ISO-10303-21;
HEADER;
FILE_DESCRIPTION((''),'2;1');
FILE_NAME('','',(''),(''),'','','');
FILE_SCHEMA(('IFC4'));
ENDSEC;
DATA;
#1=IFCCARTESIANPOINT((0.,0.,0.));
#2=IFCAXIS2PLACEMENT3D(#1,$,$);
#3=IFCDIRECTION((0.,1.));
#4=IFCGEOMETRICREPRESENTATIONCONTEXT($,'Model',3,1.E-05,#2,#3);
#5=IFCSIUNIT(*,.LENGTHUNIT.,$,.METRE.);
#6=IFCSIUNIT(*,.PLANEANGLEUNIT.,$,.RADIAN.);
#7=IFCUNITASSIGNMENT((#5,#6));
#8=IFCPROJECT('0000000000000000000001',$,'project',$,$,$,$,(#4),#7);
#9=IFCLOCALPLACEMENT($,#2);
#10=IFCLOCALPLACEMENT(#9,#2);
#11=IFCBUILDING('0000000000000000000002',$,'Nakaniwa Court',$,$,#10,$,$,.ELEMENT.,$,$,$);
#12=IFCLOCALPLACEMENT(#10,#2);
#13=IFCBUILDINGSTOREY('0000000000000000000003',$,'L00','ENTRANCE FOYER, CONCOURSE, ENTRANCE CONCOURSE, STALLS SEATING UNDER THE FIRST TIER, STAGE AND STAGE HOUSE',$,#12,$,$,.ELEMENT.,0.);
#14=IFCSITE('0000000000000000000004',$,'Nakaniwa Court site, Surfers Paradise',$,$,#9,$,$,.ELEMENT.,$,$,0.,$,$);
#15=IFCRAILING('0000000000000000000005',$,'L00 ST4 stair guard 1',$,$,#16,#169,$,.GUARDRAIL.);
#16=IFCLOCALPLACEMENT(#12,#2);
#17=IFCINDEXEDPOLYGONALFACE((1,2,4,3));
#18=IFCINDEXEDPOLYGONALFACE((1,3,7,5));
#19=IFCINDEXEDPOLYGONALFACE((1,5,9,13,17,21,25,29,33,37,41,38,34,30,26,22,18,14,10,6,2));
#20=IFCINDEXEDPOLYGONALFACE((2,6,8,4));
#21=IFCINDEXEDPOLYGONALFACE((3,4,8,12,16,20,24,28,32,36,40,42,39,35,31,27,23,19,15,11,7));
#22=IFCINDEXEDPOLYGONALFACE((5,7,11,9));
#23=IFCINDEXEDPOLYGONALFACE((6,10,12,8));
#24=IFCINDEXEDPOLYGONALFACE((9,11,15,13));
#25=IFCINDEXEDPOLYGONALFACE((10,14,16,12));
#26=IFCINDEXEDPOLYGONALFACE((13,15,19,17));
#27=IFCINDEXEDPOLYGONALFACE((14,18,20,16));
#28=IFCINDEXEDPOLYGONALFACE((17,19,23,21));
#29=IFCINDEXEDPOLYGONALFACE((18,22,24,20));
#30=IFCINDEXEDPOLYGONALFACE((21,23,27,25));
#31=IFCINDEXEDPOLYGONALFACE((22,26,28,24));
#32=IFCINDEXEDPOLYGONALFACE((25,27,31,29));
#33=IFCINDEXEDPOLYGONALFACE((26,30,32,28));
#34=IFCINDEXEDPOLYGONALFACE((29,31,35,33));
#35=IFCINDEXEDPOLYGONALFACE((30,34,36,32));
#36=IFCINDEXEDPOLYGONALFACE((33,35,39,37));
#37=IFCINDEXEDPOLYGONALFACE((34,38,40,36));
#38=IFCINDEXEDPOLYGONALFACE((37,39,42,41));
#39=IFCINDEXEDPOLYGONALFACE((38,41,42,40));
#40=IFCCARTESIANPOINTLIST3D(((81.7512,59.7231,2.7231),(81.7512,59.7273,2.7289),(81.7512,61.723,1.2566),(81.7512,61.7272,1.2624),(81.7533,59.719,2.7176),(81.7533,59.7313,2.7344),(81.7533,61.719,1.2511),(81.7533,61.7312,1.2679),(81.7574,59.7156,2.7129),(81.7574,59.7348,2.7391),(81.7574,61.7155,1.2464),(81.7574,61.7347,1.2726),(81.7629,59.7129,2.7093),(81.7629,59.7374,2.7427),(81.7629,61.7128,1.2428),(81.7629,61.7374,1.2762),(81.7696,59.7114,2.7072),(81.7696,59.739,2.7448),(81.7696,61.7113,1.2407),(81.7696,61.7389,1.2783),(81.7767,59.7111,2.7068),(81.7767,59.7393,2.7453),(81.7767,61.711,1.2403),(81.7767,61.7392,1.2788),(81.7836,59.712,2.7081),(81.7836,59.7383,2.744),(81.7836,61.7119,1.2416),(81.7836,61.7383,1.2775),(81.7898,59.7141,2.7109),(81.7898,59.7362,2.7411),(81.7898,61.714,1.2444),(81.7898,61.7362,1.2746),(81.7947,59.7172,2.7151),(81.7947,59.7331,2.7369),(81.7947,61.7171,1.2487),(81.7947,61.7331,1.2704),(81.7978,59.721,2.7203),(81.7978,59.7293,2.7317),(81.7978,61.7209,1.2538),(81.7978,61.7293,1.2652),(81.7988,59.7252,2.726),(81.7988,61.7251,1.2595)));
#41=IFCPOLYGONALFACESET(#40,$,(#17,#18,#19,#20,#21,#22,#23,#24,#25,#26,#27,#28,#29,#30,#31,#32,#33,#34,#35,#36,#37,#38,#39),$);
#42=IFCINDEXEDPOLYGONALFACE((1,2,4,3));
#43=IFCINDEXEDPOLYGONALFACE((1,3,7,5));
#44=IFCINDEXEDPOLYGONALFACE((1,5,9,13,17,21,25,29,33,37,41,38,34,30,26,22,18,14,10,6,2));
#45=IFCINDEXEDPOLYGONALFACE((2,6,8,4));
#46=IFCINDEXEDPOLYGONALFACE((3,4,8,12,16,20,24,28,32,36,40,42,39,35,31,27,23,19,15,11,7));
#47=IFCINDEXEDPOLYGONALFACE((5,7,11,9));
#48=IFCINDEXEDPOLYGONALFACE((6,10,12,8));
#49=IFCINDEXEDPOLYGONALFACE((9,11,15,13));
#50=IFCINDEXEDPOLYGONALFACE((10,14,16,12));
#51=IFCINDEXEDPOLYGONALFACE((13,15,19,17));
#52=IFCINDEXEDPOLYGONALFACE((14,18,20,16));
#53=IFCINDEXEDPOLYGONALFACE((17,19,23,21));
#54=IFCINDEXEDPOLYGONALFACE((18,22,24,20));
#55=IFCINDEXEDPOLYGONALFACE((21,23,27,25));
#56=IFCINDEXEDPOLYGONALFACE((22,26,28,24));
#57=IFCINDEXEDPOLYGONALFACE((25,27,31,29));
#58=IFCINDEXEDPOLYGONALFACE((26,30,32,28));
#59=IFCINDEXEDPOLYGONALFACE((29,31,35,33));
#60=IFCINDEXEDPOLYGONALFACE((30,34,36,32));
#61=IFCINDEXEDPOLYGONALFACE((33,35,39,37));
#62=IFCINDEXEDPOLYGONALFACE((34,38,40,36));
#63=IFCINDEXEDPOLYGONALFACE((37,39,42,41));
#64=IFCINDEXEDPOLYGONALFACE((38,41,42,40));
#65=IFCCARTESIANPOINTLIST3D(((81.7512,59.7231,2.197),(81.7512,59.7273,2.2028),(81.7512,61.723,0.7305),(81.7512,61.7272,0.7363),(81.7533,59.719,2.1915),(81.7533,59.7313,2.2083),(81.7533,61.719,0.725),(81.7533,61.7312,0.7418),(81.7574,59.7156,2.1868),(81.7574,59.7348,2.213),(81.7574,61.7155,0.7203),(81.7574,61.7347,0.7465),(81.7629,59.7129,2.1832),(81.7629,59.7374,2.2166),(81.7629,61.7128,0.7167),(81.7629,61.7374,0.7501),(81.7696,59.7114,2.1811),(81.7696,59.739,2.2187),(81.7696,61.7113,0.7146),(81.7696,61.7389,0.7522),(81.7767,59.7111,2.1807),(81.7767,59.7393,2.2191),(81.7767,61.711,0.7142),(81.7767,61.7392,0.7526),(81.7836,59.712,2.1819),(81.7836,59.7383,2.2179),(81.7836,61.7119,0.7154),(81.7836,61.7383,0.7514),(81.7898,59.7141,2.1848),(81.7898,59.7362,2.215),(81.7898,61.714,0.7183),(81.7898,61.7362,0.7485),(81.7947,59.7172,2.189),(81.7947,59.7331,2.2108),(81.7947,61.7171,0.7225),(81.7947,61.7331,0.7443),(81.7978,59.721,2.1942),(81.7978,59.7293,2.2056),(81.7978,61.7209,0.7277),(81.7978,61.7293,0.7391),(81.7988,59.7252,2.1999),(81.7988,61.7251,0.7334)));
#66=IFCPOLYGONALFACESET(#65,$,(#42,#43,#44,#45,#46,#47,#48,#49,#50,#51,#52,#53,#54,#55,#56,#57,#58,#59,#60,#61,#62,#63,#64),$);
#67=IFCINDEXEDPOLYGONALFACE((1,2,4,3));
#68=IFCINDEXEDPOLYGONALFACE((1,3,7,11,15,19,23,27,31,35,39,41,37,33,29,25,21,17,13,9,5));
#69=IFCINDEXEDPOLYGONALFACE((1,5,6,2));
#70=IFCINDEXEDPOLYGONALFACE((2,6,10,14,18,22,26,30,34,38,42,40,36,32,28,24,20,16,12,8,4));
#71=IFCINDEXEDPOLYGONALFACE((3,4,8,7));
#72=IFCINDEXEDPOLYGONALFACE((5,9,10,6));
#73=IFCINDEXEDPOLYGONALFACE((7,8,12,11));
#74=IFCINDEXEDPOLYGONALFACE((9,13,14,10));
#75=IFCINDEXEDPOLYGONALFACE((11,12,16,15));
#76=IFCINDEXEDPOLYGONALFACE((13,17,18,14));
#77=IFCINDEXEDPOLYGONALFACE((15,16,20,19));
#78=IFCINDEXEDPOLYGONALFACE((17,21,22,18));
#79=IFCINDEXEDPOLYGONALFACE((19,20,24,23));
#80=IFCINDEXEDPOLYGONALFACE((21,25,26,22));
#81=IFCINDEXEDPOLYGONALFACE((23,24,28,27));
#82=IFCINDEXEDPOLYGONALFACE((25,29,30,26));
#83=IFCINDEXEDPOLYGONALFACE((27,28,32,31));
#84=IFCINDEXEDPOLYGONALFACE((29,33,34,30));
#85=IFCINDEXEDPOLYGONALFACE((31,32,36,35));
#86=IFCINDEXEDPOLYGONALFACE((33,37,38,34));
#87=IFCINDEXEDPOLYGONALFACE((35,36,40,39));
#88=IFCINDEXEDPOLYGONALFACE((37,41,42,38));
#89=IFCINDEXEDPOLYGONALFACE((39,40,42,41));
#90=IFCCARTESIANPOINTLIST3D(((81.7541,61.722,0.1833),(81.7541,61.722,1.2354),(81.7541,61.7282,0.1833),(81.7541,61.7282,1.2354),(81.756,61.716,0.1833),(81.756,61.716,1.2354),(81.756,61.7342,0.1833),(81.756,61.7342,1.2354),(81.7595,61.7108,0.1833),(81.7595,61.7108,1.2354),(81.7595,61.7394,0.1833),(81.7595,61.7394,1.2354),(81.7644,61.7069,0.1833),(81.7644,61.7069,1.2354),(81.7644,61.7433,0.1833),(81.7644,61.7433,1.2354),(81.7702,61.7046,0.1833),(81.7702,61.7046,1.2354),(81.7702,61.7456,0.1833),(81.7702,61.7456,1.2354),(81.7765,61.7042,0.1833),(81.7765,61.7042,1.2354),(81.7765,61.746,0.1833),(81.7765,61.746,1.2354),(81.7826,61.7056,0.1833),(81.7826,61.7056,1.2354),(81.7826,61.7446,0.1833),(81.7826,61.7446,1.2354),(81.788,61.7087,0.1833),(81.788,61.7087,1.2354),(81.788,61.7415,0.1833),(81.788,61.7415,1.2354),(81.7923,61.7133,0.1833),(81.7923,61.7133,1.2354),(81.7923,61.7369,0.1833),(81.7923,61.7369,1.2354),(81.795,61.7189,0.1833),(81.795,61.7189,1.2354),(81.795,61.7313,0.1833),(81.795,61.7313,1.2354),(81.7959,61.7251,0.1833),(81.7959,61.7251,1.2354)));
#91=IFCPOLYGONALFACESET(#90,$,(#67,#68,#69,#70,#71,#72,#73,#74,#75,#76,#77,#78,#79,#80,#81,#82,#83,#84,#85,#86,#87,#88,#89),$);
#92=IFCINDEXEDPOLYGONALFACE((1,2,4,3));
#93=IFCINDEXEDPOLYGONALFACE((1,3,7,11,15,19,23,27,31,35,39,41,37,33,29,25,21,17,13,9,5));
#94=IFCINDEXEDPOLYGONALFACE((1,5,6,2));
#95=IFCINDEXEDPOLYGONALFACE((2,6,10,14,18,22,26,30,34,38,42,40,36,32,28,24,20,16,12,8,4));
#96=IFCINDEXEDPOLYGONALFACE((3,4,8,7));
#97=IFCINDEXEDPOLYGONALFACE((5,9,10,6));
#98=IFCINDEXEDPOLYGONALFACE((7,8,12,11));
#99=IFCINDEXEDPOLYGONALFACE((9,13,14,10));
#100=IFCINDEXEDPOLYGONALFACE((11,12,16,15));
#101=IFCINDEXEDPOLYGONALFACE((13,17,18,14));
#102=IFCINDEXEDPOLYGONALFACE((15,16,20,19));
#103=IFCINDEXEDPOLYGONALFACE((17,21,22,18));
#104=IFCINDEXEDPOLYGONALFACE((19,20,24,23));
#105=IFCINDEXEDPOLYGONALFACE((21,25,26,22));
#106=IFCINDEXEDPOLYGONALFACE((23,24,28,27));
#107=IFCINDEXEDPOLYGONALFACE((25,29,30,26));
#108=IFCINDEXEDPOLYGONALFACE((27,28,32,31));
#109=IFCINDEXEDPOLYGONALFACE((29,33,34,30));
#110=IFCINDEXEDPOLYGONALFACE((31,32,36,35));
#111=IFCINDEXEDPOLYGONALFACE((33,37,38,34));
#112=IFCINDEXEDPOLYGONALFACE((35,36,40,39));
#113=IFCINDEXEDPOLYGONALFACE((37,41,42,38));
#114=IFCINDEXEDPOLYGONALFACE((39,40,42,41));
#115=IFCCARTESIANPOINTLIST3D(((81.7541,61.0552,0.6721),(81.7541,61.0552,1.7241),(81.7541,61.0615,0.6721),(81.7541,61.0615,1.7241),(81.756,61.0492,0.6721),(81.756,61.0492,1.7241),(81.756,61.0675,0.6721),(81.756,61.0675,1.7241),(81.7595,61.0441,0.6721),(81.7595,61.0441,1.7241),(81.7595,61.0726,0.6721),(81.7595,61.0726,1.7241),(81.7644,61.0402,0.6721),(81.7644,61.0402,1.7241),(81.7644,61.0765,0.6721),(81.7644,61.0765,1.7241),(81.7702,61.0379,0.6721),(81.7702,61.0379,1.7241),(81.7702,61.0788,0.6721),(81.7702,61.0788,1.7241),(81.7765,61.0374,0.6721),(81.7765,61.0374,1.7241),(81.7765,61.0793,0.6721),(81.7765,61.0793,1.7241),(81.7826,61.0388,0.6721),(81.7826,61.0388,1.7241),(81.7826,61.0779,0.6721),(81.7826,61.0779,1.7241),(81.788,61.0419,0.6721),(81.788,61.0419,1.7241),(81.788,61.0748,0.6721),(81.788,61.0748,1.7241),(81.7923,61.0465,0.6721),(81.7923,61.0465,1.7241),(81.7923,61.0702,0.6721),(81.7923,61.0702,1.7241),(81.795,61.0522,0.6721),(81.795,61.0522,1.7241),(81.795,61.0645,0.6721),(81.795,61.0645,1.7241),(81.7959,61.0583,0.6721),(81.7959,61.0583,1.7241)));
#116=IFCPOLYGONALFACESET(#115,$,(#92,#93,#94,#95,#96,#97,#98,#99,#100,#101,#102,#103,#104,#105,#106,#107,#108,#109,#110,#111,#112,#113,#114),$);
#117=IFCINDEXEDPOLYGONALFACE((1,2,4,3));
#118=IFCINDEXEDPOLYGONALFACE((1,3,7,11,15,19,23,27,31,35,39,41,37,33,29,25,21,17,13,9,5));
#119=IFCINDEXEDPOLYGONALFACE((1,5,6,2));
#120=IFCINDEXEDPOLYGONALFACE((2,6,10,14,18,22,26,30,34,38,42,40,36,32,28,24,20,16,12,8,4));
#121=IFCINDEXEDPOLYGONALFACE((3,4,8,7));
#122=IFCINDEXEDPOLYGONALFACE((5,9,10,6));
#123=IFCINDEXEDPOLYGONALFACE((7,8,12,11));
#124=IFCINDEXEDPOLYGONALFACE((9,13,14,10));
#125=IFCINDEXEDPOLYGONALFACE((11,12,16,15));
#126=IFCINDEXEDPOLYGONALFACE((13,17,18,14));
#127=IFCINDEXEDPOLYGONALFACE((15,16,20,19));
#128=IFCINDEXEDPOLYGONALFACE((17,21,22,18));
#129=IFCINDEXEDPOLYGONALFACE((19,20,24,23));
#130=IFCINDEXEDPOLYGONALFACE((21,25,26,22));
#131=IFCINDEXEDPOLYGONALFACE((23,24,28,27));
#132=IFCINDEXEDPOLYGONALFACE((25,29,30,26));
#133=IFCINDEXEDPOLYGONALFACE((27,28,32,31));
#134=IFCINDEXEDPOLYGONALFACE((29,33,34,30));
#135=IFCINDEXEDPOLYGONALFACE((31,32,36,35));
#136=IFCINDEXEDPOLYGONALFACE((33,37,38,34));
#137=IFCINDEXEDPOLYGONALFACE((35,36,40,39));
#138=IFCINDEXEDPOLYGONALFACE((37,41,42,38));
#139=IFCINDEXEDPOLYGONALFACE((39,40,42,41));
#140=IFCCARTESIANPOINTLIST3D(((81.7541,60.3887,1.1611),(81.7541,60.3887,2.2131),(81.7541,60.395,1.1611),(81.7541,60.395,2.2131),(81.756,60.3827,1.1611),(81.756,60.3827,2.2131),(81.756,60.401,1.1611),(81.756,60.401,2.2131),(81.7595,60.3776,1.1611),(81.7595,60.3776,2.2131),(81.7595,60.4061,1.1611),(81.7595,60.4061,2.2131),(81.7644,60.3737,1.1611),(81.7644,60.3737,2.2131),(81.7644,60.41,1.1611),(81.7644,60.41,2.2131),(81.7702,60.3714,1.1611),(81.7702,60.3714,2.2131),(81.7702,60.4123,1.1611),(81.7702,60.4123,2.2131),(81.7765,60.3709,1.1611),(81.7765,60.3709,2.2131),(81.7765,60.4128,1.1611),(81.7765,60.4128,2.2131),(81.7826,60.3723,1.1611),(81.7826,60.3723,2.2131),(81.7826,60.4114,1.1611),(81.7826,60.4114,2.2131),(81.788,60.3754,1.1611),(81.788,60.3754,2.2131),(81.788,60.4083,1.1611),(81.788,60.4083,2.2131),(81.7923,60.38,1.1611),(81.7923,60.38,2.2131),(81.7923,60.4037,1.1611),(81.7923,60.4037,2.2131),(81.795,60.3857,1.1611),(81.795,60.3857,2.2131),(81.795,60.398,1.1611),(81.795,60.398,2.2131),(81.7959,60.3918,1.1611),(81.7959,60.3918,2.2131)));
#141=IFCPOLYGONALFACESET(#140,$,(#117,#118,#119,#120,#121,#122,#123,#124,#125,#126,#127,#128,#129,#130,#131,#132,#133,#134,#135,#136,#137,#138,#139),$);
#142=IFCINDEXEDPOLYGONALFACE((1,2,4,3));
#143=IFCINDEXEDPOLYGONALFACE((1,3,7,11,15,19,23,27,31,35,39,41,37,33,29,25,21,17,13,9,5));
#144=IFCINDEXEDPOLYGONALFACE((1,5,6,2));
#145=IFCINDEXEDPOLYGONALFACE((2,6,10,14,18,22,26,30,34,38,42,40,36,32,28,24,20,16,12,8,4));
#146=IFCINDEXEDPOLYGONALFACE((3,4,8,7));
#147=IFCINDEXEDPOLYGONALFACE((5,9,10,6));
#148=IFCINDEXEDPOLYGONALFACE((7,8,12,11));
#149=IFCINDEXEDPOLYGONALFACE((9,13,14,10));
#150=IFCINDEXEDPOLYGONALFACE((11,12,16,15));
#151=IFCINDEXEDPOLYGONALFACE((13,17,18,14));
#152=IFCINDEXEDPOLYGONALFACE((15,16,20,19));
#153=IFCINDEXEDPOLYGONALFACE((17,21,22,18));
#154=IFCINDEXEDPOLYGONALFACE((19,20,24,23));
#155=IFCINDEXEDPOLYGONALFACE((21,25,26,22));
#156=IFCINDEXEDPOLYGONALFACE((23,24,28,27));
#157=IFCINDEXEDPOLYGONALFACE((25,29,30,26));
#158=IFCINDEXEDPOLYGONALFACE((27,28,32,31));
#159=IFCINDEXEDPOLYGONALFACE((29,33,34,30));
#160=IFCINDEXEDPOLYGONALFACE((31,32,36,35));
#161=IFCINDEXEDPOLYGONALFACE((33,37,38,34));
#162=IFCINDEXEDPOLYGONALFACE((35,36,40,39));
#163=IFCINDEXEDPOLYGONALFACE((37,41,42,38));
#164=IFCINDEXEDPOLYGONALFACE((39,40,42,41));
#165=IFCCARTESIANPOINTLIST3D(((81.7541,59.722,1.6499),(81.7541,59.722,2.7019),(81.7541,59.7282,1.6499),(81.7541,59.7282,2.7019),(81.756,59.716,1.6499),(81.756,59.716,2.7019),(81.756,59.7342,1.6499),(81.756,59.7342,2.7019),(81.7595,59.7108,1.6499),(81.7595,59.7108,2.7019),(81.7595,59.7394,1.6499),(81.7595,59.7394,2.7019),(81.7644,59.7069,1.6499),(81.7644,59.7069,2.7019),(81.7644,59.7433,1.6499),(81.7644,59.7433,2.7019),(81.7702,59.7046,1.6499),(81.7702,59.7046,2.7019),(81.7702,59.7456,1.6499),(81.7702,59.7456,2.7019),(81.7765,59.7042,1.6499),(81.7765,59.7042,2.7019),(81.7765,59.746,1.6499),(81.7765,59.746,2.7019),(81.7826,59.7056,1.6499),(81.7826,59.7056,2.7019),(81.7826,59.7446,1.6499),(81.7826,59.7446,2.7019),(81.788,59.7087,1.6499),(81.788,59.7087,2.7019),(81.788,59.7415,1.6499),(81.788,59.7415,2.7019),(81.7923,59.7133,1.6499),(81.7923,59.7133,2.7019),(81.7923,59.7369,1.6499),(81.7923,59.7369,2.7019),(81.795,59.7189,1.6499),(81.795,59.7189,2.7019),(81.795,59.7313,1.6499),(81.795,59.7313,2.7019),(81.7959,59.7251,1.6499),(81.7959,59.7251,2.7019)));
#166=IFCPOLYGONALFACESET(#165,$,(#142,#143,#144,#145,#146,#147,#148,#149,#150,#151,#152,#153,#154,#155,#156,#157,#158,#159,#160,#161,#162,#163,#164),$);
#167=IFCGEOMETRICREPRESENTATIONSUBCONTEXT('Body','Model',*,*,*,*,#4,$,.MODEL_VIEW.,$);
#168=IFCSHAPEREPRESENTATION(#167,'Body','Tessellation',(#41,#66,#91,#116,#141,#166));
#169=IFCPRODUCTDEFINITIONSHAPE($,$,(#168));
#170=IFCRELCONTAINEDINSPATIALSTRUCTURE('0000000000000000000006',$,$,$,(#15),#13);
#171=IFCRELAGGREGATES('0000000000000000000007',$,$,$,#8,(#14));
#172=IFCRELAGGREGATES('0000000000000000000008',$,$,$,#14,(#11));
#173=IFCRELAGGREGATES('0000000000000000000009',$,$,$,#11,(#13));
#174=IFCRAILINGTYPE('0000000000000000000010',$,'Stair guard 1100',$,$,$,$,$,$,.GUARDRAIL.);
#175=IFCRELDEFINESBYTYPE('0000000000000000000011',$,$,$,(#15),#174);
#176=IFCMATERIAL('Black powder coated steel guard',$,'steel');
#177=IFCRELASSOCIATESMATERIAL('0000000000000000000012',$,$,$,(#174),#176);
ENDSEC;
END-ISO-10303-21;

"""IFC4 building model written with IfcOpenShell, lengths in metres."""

from ifc_helpers import new_model, si_unit, direction, frame, origin, origin_2d, place, context, subcontext, project, spatial, circle, extrude, material, type_object, element, save


model = new_model("IFC4")

# Units and contexts
model_context = context("Model", 3, precision=1e-05, world=origin(), true_north=direction((0.0, 1.0)))
body_context = subcontext(model_context, "Body", "Model", "MODEL_VIEW")
ifc_project = project(units=[si_unit("LENGTHUNIT", "METRE"), si_unit("PLANEANGLEUNIT", "RADIAN")], contexts=[model_context])

# Site, building, storey
site_placement = place(None, origin())
site = spatial("IfcSite", under=ifc_project, at=site_placement, Name="Nakaniwa Court site, Surfers Paradise", CompositionType="ELEMENT", RefElevation=0.0)
building_placement = place(site_placement, origin())
building = spatial("IfcBuilding", under=site, at=building_placement, Name="Nakaniwa Court", CompositionType="ELEMENT")
storey_placement = place(building_placement, origin())
storey = spatial("IfcBuildingStorey", under=building, at=storey_placement, Name="L00", Description="ENTRANCE FOYER, CONCOURSE, ENTRANCE CONCOURSE, STALLS SEATING UNDER THE FIRST TIER, STAGE AND STAGE HOUSE", CompositionType="ELEMENT", Elevation=0.0)

# Railing
ifc_material_1 = material(Name="Black powder coated steel guard", Category="steel")
railing_type_1 = type_object("IfcRailingType", Name="Stair guard 1100", PredefinedType="GUARDRAIL", material=ifc_material_1)
railing_1_placement = place(storey_placement, frame((81.7749, 61.7251, 0.1833)))
element("IfcRailing", 1, at=railing_1_placement, inside=storey, type_object=railing_type_1, Name="L00 ST4 stair guard 1", PredefinedType="GUARDRAIL", context=body_context, shape_type="SweptSolid", body=[
    extrude(circle(Radius=0.0239, at=origin_2d()), frame((0.0, 0.0, 1.0762), z_axis=(0.0, -0.806427, 0.591334), x_axis=(1.0, 0.0, 0.0)), (0.0, 0.0, 1.0), 2.48),
    extrude(circle(Radius=0.0239, at=origin_2d()), frame((0.0, 0.0, 0.55), z_axis=(0.0, -0.806427, 0.591334), x_axis=(1.0, 0.0, 0.0)), (0.0, 0.0, 1.0), 2.48),
    extrude(circle(Radius=0.021, at=origin_2d()), origin(), (0.0, 0.0, 1.0), 1.052),
    extrude(circle(Radius=0.021, at=origin_2d()), frame((0.0, -0.6667, 0.4888)), (0.0, 0.0, 1.0), 1.052),
    extrude(circle(Radius=0.021, at=origin_2d()), frame((0.0, -1.3333, 0.9778)), (0.0, 0.0, 1.0), 1.052),
    extrude(circle(Radius=0.021, at=origin_2d()), frame((0.0, -2.0, 1.4666)), (0.0, 0.0, 1.0), 1.052),
])

save(model, "model.ifc")
